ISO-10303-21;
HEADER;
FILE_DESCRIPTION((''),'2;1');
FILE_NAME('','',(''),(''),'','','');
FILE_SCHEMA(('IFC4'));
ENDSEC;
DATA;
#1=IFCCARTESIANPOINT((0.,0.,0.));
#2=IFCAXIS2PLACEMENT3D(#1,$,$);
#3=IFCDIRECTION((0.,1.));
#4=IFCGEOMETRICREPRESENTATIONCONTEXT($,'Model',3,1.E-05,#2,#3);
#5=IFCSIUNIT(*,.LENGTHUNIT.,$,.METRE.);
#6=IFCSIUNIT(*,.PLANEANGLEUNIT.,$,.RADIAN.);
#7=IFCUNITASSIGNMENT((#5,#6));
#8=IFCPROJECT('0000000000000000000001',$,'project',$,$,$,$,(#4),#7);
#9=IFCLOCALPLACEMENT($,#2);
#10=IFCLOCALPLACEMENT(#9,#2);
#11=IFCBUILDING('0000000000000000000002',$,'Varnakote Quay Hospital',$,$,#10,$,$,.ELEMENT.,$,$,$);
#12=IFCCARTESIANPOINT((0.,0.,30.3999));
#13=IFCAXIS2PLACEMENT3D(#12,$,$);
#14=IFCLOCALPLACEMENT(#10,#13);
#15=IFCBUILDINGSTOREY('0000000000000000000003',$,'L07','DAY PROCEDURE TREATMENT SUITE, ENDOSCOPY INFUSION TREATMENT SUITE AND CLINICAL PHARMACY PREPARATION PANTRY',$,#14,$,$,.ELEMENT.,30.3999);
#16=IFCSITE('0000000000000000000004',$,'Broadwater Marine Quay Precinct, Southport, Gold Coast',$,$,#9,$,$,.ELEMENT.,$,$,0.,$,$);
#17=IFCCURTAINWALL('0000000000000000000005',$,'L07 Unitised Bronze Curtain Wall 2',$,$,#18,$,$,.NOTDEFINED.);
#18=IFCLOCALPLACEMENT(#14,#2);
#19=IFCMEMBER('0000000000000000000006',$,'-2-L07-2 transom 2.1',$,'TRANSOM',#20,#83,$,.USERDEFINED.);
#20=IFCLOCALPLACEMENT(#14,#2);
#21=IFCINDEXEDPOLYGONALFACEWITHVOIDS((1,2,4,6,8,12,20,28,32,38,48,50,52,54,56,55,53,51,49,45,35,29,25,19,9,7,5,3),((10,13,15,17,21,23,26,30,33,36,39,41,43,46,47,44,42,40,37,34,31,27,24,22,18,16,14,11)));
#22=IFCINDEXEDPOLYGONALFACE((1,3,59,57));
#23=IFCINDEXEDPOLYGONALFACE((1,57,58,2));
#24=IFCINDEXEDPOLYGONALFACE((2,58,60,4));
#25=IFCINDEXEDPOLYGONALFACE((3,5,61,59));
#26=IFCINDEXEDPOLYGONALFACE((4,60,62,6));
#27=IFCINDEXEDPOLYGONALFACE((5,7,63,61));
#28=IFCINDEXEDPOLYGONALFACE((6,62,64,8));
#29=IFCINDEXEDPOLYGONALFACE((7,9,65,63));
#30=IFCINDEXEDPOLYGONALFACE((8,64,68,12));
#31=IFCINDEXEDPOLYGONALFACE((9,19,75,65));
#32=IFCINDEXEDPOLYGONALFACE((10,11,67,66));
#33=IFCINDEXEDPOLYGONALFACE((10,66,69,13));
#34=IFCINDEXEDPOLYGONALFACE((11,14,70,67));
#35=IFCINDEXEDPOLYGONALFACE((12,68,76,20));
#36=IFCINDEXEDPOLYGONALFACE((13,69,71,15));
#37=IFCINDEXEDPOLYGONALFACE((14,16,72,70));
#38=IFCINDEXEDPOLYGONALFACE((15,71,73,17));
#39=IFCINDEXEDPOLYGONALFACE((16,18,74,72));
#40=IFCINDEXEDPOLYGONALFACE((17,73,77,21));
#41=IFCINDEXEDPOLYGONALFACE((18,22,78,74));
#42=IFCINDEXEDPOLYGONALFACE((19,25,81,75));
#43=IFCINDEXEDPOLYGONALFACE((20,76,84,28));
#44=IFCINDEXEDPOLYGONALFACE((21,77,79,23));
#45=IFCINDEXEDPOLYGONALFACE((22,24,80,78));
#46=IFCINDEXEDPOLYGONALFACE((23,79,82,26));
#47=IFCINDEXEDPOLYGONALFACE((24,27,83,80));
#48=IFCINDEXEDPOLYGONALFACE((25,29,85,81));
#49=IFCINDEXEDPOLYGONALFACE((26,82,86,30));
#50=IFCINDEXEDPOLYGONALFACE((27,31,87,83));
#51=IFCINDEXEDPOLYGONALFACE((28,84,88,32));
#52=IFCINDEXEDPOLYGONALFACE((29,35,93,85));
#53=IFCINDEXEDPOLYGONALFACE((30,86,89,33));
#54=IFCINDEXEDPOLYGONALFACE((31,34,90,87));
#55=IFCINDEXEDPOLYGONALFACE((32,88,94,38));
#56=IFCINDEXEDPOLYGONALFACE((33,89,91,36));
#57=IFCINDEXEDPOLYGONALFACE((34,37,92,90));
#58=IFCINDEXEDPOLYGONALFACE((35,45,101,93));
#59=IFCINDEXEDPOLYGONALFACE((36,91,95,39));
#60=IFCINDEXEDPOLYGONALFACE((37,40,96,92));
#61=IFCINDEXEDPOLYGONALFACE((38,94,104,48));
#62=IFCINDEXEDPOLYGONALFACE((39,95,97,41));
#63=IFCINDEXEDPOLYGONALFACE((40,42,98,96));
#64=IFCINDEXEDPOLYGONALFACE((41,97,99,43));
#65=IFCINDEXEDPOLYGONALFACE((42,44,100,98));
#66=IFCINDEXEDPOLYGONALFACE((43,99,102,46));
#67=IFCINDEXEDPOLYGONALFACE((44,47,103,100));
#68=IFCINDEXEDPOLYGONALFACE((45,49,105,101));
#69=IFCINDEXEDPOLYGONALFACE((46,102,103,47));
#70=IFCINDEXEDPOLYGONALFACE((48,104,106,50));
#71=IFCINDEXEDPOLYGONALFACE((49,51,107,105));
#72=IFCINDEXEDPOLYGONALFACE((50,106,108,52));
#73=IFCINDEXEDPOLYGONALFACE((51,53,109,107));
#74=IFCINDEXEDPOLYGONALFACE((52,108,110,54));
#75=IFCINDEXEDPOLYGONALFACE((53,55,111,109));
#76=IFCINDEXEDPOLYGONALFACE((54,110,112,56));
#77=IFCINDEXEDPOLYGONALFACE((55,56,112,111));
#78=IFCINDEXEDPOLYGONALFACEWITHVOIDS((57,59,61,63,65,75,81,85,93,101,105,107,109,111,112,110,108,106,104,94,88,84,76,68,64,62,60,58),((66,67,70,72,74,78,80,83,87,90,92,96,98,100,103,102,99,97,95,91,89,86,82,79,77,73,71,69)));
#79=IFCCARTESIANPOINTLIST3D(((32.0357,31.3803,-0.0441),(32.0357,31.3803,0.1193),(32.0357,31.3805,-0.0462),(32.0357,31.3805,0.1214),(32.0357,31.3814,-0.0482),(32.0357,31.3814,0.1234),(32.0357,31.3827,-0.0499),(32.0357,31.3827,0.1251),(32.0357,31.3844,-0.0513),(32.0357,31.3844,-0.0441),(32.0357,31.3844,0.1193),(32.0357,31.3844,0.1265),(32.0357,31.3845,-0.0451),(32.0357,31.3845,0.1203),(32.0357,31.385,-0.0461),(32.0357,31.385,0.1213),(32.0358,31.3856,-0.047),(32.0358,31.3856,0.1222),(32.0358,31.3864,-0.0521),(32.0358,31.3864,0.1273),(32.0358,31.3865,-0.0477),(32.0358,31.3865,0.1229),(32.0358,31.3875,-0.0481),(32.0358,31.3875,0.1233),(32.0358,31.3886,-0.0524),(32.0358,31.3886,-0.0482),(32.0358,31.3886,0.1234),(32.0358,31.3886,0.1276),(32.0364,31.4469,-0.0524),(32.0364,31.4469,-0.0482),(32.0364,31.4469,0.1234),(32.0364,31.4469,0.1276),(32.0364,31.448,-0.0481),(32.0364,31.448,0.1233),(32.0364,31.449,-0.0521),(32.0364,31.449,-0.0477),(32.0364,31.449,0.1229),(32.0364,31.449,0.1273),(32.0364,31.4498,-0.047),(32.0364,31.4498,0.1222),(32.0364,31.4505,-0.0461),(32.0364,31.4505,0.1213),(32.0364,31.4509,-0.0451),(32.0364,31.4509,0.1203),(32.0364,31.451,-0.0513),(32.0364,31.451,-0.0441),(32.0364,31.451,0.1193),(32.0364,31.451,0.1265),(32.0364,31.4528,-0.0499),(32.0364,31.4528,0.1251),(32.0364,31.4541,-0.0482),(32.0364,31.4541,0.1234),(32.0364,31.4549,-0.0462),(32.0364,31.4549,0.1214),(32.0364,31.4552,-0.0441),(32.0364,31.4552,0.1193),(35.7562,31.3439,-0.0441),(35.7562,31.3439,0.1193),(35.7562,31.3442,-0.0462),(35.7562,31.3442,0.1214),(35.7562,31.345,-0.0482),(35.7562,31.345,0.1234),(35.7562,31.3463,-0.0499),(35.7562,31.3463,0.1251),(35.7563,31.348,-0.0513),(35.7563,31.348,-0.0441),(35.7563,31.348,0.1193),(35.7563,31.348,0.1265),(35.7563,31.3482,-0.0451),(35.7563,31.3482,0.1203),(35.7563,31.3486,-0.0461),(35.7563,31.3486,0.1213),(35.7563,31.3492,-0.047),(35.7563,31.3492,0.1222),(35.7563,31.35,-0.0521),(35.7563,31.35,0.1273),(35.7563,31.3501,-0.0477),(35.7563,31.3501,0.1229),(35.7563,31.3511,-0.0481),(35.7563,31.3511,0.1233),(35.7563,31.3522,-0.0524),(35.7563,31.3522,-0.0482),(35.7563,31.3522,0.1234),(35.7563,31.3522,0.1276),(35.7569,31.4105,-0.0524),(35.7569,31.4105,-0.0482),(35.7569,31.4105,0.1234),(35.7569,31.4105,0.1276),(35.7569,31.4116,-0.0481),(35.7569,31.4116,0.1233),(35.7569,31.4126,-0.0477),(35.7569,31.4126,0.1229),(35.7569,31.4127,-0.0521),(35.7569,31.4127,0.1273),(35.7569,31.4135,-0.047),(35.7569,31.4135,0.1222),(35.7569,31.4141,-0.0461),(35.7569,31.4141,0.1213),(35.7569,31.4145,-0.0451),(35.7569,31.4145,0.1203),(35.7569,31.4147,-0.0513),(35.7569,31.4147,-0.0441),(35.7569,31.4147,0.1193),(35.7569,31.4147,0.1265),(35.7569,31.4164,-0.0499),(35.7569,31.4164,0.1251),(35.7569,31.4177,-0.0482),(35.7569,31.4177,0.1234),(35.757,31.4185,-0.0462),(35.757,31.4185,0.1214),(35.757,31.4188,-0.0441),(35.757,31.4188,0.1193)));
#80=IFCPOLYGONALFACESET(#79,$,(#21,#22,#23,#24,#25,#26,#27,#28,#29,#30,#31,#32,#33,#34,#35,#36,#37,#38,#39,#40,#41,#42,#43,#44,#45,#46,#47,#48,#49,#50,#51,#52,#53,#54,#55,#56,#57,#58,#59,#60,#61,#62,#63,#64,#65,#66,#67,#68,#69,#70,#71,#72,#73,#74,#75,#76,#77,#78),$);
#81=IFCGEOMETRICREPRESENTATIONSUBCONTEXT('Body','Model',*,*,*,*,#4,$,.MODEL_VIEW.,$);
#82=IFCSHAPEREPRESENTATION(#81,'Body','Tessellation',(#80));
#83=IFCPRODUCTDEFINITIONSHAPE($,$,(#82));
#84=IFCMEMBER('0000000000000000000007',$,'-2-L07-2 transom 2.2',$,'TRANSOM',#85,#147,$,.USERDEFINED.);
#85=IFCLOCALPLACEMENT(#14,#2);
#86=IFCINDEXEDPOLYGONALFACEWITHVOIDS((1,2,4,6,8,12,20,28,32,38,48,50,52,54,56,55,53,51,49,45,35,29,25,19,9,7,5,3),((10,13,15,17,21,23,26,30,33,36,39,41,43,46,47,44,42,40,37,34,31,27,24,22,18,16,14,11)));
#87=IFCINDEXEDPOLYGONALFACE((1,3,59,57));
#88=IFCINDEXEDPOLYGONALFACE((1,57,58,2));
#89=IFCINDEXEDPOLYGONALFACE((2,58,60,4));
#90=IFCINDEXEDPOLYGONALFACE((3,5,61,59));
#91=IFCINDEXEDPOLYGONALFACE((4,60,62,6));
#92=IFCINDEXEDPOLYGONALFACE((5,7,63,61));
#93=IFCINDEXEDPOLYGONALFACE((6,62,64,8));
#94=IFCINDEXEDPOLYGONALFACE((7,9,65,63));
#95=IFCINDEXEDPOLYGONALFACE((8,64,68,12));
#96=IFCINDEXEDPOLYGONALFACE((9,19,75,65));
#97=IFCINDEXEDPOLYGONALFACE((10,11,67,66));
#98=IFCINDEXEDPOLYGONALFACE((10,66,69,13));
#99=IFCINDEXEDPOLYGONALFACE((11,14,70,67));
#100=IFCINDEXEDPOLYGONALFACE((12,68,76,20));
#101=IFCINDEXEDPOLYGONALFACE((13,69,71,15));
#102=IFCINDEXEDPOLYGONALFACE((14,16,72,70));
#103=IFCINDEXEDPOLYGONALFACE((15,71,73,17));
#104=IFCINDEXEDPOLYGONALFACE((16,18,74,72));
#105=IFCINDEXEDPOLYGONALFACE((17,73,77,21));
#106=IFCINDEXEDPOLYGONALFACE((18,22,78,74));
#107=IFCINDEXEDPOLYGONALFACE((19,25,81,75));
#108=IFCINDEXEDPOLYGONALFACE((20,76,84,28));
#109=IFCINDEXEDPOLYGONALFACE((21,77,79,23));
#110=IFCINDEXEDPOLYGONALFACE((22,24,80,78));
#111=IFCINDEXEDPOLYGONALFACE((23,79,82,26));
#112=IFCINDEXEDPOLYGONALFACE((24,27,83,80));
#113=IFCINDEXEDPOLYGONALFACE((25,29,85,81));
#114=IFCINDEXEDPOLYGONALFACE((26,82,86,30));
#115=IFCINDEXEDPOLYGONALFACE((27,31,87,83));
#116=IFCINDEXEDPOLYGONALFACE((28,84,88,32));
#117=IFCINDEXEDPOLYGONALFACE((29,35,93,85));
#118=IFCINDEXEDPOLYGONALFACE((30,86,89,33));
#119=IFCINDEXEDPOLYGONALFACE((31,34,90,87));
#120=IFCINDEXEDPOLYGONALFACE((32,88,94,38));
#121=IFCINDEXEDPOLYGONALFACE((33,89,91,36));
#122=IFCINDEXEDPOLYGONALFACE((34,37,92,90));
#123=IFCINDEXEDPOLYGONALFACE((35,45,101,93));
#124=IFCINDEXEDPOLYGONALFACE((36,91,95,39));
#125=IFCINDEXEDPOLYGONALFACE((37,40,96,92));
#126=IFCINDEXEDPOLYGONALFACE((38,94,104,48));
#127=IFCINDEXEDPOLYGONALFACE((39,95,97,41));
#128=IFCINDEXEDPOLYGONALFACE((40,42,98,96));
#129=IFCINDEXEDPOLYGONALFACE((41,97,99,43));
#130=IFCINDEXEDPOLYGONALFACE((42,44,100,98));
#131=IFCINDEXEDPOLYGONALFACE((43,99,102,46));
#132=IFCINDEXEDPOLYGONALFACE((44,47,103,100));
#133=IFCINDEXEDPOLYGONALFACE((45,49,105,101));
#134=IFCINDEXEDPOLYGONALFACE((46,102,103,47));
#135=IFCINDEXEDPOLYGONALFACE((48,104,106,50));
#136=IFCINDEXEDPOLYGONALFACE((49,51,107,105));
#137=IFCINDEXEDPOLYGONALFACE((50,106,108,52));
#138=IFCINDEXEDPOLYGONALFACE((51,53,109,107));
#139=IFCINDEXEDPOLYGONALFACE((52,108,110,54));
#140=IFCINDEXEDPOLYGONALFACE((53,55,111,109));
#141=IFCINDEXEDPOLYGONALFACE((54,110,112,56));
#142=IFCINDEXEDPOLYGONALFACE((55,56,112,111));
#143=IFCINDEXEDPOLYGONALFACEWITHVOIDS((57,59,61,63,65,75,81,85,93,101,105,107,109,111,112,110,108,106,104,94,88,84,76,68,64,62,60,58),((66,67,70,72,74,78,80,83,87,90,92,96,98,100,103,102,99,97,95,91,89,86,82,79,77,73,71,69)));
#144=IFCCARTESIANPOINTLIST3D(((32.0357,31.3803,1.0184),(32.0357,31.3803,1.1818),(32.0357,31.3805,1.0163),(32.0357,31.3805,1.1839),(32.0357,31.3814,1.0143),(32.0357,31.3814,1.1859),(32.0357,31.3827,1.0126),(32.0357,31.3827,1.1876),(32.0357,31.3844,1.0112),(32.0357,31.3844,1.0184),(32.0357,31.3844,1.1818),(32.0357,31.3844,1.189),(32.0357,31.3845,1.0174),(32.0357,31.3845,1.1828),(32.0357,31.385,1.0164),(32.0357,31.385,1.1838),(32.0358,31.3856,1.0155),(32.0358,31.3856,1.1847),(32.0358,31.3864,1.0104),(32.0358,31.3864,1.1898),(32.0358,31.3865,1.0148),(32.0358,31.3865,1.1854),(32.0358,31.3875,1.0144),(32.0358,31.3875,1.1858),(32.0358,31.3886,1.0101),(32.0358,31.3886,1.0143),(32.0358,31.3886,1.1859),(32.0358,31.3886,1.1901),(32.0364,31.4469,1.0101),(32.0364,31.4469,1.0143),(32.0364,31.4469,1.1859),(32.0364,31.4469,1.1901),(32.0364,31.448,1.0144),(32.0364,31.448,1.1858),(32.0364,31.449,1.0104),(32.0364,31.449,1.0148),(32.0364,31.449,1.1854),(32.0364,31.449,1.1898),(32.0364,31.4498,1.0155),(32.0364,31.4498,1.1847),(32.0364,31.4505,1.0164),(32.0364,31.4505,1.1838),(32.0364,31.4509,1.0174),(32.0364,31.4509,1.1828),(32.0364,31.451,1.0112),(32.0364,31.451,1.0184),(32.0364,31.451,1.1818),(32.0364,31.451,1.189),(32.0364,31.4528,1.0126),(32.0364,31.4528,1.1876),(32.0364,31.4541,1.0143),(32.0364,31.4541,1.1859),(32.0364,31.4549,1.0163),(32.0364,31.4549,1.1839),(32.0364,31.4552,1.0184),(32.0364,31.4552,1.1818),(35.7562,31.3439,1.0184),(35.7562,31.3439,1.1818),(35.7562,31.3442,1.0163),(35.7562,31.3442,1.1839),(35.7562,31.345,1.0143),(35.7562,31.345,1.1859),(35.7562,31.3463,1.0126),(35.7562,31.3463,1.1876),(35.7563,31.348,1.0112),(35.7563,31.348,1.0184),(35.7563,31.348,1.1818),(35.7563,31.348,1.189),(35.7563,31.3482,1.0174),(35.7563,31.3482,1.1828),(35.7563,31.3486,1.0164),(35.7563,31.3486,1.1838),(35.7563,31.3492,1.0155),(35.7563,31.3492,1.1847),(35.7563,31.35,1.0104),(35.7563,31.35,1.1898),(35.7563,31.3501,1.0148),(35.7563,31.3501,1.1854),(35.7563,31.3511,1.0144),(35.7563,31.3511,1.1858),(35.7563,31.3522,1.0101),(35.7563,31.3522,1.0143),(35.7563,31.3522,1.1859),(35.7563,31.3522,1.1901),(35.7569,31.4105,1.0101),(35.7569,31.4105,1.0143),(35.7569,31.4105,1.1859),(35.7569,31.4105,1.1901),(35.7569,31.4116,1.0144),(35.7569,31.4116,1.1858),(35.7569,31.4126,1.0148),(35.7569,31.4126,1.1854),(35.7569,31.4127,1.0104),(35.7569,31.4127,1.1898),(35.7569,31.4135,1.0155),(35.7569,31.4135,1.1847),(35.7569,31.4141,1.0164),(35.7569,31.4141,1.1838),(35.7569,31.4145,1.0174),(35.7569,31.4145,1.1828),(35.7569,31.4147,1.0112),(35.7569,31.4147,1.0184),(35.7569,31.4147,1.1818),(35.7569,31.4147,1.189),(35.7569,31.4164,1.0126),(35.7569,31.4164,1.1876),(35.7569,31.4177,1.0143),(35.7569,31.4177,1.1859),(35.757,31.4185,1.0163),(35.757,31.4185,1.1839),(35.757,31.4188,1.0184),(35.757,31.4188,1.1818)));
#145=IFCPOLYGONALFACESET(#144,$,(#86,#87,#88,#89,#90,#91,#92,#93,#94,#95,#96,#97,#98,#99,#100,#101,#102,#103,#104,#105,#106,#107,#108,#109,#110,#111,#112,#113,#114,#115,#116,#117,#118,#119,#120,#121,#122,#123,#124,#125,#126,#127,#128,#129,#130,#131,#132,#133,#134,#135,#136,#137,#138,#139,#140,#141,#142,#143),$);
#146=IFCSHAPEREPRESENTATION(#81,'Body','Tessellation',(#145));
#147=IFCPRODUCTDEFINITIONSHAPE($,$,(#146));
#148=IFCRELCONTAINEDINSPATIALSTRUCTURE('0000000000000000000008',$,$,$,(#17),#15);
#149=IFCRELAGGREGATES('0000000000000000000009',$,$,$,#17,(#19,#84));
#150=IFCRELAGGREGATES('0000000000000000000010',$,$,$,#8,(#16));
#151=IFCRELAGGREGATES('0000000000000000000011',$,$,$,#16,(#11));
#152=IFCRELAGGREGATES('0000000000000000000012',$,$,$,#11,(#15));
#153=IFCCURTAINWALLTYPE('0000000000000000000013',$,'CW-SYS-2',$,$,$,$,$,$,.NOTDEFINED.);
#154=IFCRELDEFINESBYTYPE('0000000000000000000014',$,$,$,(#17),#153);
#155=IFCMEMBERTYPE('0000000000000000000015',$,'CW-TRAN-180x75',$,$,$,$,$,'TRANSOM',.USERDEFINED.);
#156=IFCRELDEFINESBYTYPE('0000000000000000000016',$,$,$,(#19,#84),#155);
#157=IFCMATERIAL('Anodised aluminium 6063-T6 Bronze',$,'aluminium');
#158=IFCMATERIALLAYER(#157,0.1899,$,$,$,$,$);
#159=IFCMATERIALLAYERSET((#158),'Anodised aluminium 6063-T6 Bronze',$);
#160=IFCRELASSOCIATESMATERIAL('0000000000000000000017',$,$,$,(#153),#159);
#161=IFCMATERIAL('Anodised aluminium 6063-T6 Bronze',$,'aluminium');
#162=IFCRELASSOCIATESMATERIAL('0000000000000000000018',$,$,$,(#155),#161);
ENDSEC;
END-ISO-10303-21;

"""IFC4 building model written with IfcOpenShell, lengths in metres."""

from ifc_helpers import new_model, si_unit, direction, frame, origin, origin_2d, place, context, subcontext, project, spatial, hollow_rectangle, extrude, material, layer, layer_set, material_profile, profile_set, type_object, element, aggregate, save


model = new_model("IFC4")

# Units and contexts
model_context = context("Model", 3, precision=1e-05, world=origin(), true_north=direction((0.0, 1.0)))
body_context = subcontext(model_context, "Body", "Model", "MODEL_VIEW")
ifc_project = project(units=[si_unit("LENGTHUNIT", "METRE"), si_unit("PLANEANGLEUNIT", "RADIAN")], contexts=[model_context])

# Site, building, storey
site_placement = place(None, origin())
site = spatial("IfcSite", under=ifc_project, at=site_placement, Name="Broadwater Marine Quay Precinct, Southport, Gold Coast", CompositionType="ELEMENT", RefElevation=0.0)
building_placement = place(site_placement, origin())
building = spatial("IfcBuilding", under=site, at=building_placement, Name="Varnakote Quay Hospital", CompositionType="ELEMENT")
storey_placement = place(building_placement, frame((0.0, 0.0, 30.3999)))
storey = spatial("IfcBuildingStorey", under=building, at=storey_placement, Name="L07", Description="DAY PROCEDURE TREATMENT SUITE, ENDOSCOPY INFUSION TREATMENT SUITE AND CLINICAL PHARMACY PREPARATION PANTRY", CompositionType="ELEMENT", Elevation=30.3999)

# Shared definitions
ifc_material_1 = material(Name="Anodised aluminium 6063-T6 Bronze", Category="aluminium")
ifc_layer_1 = layer(ifc_material_1, 0.1899)
ifc_layer_set_1 = layer_set([ifc_layer_1], Name="Anodised aluminium 6063-T6 Bronze")
curtain_wall_type = type_object("IfcCurtainWallType", Name="CW-SYS-2", PredefinedType="NOTDEFINED", material=ifc_layer_set_1)

# Curtain wall, members
curtain_wall_1_placement = place(storey_placement, origin())
curtain_wall_1 = element("IfcCurtainWall", 1, at=curtain_wall_1_placement, inside=storey, type_object=curtain_wall_type, Name="L07 Unitised Bronze Curtain Wall 2", PredefinedType="NOTDEFINED")
ifc_material_2 = material(Name="Anodised aluminium 6063-T6 Bronze", Category="aluminium")
ifc_material_profile_1 = material_profile(ifc_material_2, hollow_rectangle(XDim=0.075, YDim=0.1799, WallThickness=0.0042, InnerFilletRadius=0.0042, OuterFilletRadius=0.0083, at=origin_2d()), Name="CW-TRAN-180x75")
ifc_profile_set_1 = profile_set([ifc_material_profile_1], Name="Anodised aluminium 6063-T6 Bronze")
member_type_1 = type_object("IfcMemberType", Name="CW-TRAN-180x75", ElementType="TRANSOM", PredefinedType="USERDEFINED", material=ifc_profile_set_1)
member_1_placement = place(storey_placement, frame((35.7566, 31.3813, 0.0376), z_axis=(-0.999952, 0.009777, 0.0), x_axis=(-0.009777, -0.999952, 0.0)))
member_1 = element("IfcMember", 2, at=member_1_placement, type_object=member_type_1, Name="-2-L07-2 transom 2.1", ObjectType="TRANSOM", PredefinedType="USERDEFINED", context=body_context, shape_type="SweptSolid", body=[
    extrude(hollow_rectangle(XDim=0.075, YDim=0.1799, WallThickness=0.0042, InnerFilletRadius=0.0042, OuterFilletRadius=0.0083, at=origin_2d()), origin(), (0.0, 0.0, 1.0), 3.7207),
])
member_2_placement = place(storey_placement, frame((35.7566, 31.3813, 1.1001), z_axis=(-0.999952, 0.009777, 0.0), x_axis=(-0.009777, -0.999952, 0.0)))
member_2 = element("IfcMember", 3, at=member_2_placement, type_object=member_type_1, Name="-2-L07-2 transom 2.2", ObjectType="TRANSOM", PredefinedType="USERDEFINED", context=body_context, shape_type="SweptSolid", body=[
    extrude(hollow_rectangle(XDim=0.075, YDim=0.1799, WallThickness=0.0042, InnerFilletRadius=0.0042, OuterFilletRadius=0.0083, at=origin_2d()), origin(), (0.0, 0.0, 1.0), 3.7207),
])

aggregate(curtain_wall_1, [member_1, member_2])

save(model, "model.ifc")
